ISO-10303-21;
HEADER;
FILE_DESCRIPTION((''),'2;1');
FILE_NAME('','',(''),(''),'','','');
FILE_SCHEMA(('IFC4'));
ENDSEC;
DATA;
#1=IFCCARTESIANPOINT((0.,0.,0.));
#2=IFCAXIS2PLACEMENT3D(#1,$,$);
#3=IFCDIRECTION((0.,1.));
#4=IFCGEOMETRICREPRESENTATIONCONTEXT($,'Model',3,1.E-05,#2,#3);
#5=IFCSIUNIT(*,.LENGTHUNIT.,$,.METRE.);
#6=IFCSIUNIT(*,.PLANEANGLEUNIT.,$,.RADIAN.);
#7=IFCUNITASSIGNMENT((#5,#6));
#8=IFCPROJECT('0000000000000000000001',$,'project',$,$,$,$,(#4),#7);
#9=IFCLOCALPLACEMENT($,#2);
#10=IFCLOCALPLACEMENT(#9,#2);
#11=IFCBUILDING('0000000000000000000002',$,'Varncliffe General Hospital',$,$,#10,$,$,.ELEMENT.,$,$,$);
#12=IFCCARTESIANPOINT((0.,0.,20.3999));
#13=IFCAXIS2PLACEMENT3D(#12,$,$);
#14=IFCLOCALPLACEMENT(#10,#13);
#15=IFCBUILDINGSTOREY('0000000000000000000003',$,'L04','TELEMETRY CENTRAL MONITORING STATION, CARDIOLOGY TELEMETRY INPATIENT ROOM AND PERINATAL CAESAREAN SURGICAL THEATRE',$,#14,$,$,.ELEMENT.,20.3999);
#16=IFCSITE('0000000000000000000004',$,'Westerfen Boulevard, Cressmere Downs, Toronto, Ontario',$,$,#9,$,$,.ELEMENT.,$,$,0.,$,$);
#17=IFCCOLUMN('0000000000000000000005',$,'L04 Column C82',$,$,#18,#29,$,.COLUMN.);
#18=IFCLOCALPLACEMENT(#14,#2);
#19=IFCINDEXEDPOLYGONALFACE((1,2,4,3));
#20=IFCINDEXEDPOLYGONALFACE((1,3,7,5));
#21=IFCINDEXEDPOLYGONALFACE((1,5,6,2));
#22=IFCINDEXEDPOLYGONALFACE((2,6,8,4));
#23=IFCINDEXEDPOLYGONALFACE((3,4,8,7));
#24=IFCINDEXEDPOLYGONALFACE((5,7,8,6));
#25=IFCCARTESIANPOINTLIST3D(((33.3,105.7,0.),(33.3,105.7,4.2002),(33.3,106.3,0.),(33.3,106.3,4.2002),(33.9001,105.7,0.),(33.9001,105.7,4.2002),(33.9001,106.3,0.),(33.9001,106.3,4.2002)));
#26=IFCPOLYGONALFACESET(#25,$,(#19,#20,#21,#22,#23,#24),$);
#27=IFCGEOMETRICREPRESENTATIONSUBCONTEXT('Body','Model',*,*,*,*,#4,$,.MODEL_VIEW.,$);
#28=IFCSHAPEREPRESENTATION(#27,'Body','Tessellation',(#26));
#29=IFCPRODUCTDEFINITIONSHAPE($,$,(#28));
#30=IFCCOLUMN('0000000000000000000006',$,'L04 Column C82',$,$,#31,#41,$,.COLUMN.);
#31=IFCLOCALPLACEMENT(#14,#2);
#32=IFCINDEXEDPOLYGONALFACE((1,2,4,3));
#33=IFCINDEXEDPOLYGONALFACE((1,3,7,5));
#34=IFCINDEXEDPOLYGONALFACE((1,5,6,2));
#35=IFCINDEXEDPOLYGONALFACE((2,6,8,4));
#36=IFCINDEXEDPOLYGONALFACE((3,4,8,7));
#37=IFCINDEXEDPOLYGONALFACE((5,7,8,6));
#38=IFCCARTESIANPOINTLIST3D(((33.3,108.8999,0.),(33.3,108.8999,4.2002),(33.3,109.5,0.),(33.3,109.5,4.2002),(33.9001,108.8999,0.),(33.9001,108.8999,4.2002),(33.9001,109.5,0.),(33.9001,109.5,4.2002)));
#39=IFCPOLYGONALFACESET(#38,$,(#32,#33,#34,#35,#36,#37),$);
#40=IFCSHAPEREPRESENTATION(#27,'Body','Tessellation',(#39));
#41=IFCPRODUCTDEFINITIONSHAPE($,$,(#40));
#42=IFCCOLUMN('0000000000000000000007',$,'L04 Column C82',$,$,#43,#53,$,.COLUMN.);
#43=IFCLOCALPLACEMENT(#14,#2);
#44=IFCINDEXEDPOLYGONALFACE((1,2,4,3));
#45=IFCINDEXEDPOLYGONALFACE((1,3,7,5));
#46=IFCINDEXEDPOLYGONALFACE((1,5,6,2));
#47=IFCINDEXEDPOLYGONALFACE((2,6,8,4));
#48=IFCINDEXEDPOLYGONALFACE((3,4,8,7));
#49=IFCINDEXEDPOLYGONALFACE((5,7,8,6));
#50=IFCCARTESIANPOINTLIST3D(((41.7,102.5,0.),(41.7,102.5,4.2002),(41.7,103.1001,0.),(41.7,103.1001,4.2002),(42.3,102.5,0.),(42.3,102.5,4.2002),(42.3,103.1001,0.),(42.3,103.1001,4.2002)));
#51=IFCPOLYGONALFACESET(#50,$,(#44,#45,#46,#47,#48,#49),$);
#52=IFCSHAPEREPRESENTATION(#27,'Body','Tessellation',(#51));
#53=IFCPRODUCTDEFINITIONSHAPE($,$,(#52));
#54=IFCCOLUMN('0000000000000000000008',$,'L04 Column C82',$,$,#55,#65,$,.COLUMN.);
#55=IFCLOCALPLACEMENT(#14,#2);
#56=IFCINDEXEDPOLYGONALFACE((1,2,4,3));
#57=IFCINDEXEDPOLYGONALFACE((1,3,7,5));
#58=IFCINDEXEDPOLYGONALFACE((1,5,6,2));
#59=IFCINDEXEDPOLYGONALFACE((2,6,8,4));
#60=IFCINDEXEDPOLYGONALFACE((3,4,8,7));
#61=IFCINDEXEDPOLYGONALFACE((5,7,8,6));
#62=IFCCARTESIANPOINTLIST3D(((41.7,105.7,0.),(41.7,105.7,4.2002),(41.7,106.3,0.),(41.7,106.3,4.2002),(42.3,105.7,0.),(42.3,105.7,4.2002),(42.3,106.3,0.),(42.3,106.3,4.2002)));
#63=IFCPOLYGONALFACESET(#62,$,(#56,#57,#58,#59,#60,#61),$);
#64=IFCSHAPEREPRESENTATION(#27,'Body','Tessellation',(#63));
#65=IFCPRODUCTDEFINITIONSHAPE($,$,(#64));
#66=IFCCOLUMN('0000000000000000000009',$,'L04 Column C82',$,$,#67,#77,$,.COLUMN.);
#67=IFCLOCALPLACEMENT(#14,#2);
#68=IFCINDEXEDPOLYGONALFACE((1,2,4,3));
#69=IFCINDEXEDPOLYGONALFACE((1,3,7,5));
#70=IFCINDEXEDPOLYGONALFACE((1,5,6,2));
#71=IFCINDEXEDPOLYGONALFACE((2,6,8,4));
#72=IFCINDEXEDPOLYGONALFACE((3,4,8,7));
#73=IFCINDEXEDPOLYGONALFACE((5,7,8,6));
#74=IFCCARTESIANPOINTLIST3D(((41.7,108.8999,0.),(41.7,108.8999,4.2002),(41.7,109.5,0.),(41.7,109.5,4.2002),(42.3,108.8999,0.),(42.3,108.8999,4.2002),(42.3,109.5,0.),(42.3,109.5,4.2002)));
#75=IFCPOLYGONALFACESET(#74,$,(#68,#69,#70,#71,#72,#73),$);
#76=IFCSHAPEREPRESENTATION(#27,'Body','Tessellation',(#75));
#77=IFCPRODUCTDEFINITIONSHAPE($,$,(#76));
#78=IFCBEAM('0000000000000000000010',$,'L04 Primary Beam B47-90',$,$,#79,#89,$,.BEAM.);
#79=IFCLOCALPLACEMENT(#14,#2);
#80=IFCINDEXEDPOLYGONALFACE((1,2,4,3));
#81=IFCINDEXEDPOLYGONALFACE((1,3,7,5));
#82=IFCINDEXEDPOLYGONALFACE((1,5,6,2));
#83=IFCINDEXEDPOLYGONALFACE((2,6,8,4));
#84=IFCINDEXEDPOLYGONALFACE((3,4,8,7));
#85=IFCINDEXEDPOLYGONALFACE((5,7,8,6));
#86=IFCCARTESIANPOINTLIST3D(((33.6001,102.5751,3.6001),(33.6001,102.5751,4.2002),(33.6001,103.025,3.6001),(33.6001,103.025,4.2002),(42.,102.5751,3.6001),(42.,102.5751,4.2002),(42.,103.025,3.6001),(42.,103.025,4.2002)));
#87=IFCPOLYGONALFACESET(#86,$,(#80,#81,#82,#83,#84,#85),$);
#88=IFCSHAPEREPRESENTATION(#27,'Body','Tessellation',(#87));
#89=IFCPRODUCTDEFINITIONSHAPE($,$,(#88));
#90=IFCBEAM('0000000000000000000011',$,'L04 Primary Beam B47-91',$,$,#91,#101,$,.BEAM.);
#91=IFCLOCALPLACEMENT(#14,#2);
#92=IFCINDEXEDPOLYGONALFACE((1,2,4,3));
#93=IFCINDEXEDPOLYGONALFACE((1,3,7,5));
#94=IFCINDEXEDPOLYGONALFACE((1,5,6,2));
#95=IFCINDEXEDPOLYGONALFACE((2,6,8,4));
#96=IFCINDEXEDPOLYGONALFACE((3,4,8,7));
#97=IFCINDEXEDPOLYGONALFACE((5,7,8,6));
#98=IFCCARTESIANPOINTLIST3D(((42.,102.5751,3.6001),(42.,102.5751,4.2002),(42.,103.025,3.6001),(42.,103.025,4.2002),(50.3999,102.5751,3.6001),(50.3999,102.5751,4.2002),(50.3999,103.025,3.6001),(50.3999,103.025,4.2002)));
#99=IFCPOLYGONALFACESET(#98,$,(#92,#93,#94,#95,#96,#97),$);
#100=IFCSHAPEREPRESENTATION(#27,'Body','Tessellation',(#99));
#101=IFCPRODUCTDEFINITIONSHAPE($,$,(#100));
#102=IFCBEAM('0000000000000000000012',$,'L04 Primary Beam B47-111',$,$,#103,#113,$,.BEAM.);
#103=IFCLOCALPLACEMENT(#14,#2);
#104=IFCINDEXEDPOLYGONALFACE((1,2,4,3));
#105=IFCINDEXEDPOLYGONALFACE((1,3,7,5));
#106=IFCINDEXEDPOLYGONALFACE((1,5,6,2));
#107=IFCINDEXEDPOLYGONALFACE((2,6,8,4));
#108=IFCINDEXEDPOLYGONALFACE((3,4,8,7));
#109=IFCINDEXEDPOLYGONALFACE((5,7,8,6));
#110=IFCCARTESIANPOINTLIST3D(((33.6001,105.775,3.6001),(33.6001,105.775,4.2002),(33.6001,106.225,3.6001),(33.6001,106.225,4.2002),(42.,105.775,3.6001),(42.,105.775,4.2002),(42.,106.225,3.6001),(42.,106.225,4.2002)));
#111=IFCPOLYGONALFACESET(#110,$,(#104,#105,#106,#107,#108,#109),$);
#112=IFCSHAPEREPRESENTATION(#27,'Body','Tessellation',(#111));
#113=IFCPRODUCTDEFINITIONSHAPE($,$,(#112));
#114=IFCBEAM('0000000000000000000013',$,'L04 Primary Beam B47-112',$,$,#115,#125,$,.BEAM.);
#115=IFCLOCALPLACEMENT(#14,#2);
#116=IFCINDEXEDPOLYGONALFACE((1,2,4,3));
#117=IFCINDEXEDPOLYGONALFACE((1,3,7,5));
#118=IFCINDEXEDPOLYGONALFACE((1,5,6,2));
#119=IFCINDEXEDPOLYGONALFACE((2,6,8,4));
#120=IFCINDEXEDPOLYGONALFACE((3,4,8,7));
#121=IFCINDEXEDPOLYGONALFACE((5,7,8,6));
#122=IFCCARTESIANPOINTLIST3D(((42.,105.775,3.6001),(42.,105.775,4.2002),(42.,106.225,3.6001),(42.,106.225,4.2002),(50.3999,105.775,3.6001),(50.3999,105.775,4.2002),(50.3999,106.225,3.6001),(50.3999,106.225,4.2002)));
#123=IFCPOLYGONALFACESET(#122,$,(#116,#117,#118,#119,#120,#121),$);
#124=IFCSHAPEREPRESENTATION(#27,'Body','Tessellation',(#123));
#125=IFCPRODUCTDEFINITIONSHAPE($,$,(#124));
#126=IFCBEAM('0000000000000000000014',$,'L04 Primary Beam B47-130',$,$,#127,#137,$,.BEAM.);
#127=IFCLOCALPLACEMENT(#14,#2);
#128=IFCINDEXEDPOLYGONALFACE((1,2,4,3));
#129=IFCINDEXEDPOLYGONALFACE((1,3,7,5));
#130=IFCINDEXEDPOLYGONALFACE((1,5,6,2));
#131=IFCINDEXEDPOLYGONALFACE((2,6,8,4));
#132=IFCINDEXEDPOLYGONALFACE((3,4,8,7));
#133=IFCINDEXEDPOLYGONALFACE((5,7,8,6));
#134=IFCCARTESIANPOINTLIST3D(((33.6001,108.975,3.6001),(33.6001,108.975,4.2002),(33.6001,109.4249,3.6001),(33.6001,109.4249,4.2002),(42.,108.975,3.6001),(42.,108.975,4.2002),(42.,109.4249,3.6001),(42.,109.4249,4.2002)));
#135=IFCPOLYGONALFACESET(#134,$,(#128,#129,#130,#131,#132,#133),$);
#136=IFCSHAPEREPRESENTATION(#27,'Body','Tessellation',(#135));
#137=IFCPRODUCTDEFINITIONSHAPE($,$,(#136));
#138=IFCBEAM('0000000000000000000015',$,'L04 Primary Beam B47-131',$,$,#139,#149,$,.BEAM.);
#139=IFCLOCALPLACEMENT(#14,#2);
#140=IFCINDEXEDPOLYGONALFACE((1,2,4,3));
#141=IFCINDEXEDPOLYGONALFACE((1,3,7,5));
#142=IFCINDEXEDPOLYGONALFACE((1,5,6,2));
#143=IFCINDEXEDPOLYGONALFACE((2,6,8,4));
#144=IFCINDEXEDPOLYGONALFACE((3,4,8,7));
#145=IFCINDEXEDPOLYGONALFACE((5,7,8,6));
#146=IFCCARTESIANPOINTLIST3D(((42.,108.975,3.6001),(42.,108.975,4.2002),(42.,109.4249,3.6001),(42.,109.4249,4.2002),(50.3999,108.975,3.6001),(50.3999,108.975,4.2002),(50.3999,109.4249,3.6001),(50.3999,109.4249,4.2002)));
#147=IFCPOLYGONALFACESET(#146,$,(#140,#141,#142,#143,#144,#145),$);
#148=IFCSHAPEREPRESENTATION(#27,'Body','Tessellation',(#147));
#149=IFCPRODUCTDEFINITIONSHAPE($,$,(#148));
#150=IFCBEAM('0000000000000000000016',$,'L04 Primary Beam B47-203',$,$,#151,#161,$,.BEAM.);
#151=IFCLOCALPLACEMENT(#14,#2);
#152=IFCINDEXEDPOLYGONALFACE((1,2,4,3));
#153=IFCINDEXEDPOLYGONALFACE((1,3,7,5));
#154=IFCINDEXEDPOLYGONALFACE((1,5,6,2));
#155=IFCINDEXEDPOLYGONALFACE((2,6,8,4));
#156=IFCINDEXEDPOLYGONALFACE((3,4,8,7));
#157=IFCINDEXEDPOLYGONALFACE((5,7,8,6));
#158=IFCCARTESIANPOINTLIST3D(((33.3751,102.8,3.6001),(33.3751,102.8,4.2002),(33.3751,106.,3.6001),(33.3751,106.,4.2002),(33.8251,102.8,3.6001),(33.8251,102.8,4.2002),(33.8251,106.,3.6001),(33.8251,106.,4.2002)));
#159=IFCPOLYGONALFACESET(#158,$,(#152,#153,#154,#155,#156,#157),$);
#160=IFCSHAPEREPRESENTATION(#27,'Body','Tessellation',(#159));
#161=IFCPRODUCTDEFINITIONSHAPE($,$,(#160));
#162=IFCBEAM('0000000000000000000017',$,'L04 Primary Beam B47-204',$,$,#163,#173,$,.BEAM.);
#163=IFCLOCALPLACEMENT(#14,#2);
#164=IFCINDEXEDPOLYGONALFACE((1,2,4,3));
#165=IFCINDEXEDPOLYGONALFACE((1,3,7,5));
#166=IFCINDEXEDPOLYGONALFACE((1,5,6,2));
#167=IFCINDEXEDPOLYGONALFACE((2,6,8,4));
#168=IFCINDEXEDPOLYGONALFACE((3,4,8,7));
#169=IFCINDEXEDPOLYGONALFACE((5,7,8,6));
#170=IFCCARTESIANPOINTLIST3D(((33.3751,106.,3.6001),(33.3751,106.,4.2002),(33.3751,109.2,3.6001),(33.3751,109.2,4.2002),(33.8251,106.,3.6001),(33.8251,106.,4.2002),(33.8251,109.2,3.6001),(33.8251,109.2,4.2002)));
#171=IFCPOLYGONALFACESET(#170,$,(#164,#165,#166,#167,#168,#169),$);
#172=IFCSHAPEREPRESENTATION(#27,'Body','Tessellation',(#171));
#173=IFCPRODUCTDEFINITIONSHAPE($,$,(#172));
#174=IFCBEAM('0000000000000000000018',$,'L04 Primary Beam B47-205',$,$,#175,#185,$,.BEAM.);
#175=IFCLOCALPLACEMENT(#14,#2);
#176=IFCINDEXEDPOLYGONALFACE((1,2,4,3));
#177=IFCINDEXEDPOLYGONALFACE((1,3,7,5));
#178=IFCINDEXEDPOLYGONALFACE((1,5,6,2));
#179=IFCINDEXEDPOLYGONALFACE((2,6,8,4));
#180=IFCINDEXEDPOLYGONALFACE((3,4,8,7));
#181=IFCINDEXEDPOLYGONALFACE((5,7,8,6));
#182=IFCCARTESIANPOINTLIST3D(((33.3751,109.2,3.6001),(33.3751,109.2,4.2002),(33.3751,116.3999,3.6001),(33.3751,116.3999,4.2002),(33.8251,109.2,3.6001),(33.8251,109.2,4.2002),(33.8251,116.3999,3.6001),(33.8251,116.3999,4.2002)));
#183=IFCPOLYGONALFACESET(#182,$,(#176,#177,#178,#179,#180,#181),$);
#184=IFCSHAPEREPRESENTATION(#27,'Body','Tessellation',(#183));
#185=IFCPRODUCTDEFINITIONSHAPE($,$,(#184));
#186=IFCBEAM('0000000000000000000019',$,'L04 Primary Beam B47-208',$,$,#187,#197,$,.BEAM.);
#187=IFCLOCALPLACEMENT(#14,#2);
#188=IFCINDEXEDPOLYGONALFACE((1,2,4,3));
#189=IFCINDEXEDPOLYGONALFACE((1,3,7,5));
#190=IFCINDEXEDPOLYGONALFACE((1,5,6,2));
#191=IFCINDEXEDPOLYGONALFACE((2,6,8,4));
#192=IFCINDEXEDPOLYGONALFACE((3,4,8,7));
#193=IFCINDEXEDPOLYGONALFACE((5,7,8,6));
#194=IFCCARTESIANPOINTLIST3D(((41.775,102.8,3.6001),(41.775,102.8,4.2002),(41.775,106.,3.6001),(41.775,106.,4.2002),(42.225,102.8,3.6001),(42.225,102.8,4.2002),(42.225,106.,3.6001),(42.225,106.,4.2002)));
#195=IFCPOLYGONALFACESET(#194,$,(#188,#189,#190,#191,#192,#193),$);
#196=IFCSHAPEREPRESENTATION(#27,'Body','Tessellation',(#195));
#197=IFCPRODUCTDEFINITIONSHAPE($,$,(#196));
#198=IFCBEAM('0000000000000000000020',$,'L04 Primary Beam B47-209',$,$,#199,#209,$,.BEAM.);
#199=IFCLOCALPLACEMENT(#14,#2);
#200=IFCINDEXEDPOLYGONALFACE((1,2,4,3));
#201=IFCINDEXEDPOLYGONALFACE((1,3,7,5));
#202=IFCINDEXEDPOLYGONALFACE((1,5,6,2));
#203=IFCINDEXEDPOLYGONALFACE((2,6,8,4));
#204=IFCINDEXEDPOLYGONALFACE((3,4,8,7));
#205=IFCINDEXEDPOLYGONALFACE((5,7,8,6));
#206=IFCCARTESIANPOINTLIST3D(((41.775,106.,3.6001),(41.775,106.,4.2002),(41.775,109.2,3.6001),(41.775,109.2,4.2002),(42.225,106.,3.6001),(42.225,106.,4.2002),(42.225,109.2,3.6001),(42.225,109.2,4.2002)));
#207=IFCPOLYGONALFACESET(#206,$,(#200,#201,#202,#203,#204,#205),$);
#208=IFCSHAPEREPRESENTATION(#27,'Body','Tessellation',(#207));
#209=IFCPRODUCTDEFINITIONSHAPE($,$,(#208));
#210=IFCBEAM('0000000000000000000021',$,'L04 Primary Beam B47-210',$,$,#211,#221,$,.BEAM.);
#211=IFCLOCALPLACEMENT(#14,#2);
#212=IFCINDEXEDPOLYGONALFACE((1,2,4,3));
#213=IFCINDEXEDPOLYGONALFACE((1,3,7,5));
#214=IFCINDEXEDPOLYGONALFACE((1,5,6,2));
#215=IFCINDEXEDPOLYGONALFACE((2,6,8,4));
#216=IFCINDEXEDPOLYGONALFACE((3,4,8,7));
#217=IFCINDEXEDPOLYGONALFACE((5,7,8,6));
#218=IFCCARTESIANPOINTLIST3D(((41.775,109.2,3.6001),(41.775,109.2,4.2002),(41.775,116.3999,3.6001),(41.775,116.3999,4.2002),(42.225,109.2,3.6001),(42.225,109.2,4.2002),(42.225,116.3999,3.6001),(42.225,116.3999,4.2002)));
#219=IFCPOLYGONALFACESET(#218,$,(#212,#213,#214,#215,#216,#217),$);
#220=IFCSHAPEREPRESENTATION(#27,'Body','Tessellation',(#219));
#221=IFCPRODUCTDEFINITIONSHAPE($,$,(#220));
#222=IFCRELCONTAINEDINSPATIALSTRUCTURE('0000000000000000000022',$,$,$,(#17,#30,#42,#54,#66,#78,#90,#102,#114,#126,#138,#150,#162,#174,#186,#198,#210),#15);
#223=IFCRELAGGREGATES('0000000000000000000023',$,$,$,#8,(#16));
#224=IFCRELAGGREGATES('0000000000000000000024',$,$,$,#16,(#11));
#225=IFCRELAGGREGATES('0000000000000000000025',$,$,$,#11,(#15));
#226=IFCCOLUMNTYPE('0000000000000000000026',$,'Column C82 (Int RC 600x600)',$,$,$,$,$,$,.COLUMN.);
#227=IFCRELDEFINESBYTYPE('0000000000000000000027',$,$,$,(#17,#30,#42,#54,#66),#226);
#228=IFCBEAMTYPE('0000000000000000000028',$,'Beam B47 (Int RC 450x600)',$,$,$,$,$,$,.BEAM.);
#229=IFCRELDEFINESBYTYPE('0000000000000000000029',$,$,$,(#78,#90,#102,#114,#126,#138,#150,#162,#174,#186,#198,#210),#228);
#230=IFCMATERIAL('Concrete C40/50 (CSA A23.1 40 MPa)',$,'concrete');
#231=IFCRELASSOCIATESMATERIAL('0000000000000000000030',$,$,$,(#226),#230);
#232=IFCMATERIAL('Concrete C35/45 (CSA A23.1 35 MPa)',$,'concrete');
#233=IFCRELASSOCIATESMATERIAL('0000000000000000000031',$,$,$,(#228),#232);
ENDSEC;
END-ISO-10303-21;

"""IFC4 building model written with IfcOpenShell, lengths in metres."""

from ifc_helpers import new_model, si_unit, direction, frame, origin, origin_2d, place, context, subcontext, project, spatial, rectangle, extrude, material, material_profile, profile_set, type_object, element, save


model = new_model("IFC4")

# Units and contexts
model_context = context("Model", 3, precision=1e-05, world=origin(), true_north=direction((0.0, 1.0)))
body_context = subcontext(model_context, "Body", "Model", "MODEL_VIEW")
ifc_project = project(units=[si_unit("LENGTHUNIT", "METRE"), si_unit("PLANEANGLEUNIT", "RADIAN")], contexts=[model_context])

# Site, building, storey
site_placement = place(None, origin())
site = spatial("IfcSite", under=ifc_project, at=site_placement, Name="Westerfen Boulevard, Cressmere Downs, Toronto, Ontario", CompositionType="ELEMENT", RefElevation=0.0)
building_placement = place(site_placement, origin())
building = spatial("IfcBuilding", under=site, at=building_placement, Name="Varncliffe General Hospital", CompositionType="ELEMENT")
storey_placement = place(building_placement, frame((0.0, 0.0, 20.3999)))
storey = spatial("IfcBuildingStorey", under=building, at=storey_placement, Name="L04", Description="TELEMETRY CENTRAL MONITORING STATION, CARDIOLOGY TELEMETRY INPATIENT ROOM AND PERINATAL CAESAREAN SURGICAL THEATRE", CompositionType="ELEMENT", Elevation=20.3999)

# Columns
ifc_material_1 = material(Name="Concrete C40/50 (CSA A23.1 40 MPa)", Category="concrete")
ifc_material_profile_1 = material_profile(ifc_material_1, rectangle(XDim=0.6001, YDim=0.6001, at=origin_2d()), Name="RC 600x600")
ifc_profile_set_1 = profile_set([ifc_material_profile_1], Name="Concrete C40/50 (CSA A23.1 40 MPa)")
column_type = type_object("IfcColumnType", Name="Column C82 (Int RC 600x600)", PredefinedType="COLUMN", material=ifc_profile_set_1)
for number, where, z_axis, x_axis, name in (
    (1, (33.6001, 106.0, 0.0), (0.0, 0.0, 1.0), (1.0, 0.0, 0.0), "L04 Column C82"),
    (2, (33.6001, 109.2, 0.0), (0.0, 0.0, 1.0), (1.0, 0.0, 0.0), "L04 Column C82"),
    (3, (42.0, 102.8, 0.0), (0.0, 0.0, 1.0), (1.0, 0.0, 0.0), "L04 Column C82"),
    (4, (42.0, 106.0, 0.0), (0.0, 0.0, 1.0), (1.0, 0.0, 0.0), "L04 Column C82"),
    (5, (42.0, 109.2, 0.0), (0.0, 0.0, 1.0), (1.0, 0.0, 0.0), "L04 Column C82"),
):
    element("IfcColumn", number, at=place(storey_placement, frame(where, z_axis=z_axis, x_axis=x_axis)), inside=storey, type_object=column_type, Name=name, PredefinedType="COLUMN", context=body_context, shape_type="SweptSolid", body=[
        extrude(rectangle(XDim=0.6001, YDim=0.6001, at=origin_2d()), origin(), (0.0, 0.0, 1.0), 4.2002),
    ])

# Beams
ifc_material_2 = material(Name="Concrete C35/45 (CSA A23.1 35 MPa)", Category="concrete")
ifc_material_profile_2 = material_profile(ifc_material_2, rectangle(XDim=0.45, YDim=0.6001, at=origin_2d()), Name="RC 450x600")
ifc_profile_set_2 = profile_set([ifc_material_profile_2], Name="Concrete C35/45 (CSA A23.1 35 MPa)")
beam_type = type_object("IfcBeamType", Name="Beam B47 (Int RC 450x600)", PredefinedType="BEAM", material=ifc_profile_set_2)
for number, where, z_axis, x_axis, name in (
    (6, (33.6001, 102.8, 3.9001), (1.0, 0.0, 0.0), (0.0, 1.0, 0.0), "L04 Primary Beam B47-90"),
    (7, (42.0, 102.8, 3.9001), (1.0, 0.0, 0.0), (0.0, 1.0, 0.0), "L04 Primary Beam B47-91"),
    (8, (33.6001, 106.0, 3.9001), (1.0, 0.0, 0.0), (0.0, 1.0, 0.0), "L04 Primary Beam B47-111"),
    (9, (42.0, 106.0, 3.9001), (1.0, 0.0, 0.0), (0.0, 1.0, 0.0), "L04 Primary Beam B47-112"),
    (10, (33.6001, 109.2, 3.9001), (1.0, 0.0, 0.0), (0.0, 1.0, 0.0), "L04 Primary Beam B47-130"),
    (11, (42.0, 109.2, 3.9001), (1.0, 0.0, 0.0), (0.0, 1.0, 0.0), "L04 Primary Beam B47-131"),
):
    element("IfcBeam", number, at=place(storey_placement, frame(where, z_axis=z_axis, x_axis=x_axis)), inside=storey, type_object=beam_type, Name=name, PredefinedType="BEAM", context=body_context, shape_type="SweptSolid", body=[
        extrude(rectangle(XDim=0.45, YDim=0.6001, at=origin_2d()), origin(), (0.0, 0.0, 1.0), 8.3999),
    ])
for number, where, z_axis, x_axis, name in (
    (12, (33.6001, 102.8, 3.9001), (0.0, 1.0, 0.0), (-1.0, 0.0, 0.0), "L04 Primary Beam B47-203"),
    (13, (33.6001, 106.0, 3.9001), (0.0, 1.0, 0.0), (-1.0, 0.0, 0.0), "L04 Primary Beam B47-204"),
):
    element("IfcBeam", number, at=place(storey_placement, frame(where, z_axis=z_axis, x_axis=x_axis)), inside=storey, type_object=beam_type, Name=name, PredefinedType="BEAM", context=body_context, shape_type="SweptSolid", body=[
        extrude(rectangle(XDim=0.45, YDim=0.6001, at=origin_2d()), origin(), (0.0, 0.0, 1.0), 3.2),
    ])
beam_1_placement = place(storey_placement, frame((33.6001, 109.2, 3.9001), z_axis=(0.0, 1.0, 0.0), x_axis=(-1.0, 0.0, 0.0)))
element("IfcBeam", 14, at=beam_1_placement, inside=storey, type_object=beam_type, Name="L04 Primary Beam B47-205", PredefinedType="BEAM", context=body_context, shape_type="SweptSolid", body=[
    extrude(rectangle(XDim=0.45, YDim=0.6001, at=origin_2d()), origin(), (0.0, 0.0, 1.0), 7.2),
])
for number, where, z_axis, x_axis, name in (
    (15, (42.0, 102.8, 3.9001), (0.0, 1.0, 0.0), (-1.0, 0.0, 0.0), "L04 Primary Beam B47-208"),
    (16, (42.0, 106.0, 3.9001), (0.0, 1.0, 0.0), (-1.0, 0.0, 0.0), "L04 Primary Beam B47-209"),
):
    element("IfcBeam", number, at=place(storey_placement, frame(where, z_axis=z_axis, x_axis=x_axis)), inside=storey, type_object=beam_type, Name=name, PredefinedType="BEAM", context=body_context, shape_type="SweptSolid", body=[
        extrude(rectangle(XDim=0.45, YDim=0.6001, at=origin_2d()), origin(), (0.0, 0.0, 1.0), 3.2),
    ])
beam_2_placement = place(storey_placement, frame((42.0, 109.2, 3.9001), z_axis=(0.0, 1.0, 0.0), x_axis=(-1.0, 0.0, 0.0)))
element("IfcBeam", 17, at=beam_2_placement, inside=storey, type_object=beam_type, Name="L04 Primary Beam B47-210", PredefinedType="BEAM", context=body_context, shape_type="SweptSolid", body=[
    extrude(rectangle(XDim=0.45, YDim=0.6001, at=origin_2d()), origin(), (0.0, 0.0, 1.0), 7.2),
])

save(model, "model.ifc")
